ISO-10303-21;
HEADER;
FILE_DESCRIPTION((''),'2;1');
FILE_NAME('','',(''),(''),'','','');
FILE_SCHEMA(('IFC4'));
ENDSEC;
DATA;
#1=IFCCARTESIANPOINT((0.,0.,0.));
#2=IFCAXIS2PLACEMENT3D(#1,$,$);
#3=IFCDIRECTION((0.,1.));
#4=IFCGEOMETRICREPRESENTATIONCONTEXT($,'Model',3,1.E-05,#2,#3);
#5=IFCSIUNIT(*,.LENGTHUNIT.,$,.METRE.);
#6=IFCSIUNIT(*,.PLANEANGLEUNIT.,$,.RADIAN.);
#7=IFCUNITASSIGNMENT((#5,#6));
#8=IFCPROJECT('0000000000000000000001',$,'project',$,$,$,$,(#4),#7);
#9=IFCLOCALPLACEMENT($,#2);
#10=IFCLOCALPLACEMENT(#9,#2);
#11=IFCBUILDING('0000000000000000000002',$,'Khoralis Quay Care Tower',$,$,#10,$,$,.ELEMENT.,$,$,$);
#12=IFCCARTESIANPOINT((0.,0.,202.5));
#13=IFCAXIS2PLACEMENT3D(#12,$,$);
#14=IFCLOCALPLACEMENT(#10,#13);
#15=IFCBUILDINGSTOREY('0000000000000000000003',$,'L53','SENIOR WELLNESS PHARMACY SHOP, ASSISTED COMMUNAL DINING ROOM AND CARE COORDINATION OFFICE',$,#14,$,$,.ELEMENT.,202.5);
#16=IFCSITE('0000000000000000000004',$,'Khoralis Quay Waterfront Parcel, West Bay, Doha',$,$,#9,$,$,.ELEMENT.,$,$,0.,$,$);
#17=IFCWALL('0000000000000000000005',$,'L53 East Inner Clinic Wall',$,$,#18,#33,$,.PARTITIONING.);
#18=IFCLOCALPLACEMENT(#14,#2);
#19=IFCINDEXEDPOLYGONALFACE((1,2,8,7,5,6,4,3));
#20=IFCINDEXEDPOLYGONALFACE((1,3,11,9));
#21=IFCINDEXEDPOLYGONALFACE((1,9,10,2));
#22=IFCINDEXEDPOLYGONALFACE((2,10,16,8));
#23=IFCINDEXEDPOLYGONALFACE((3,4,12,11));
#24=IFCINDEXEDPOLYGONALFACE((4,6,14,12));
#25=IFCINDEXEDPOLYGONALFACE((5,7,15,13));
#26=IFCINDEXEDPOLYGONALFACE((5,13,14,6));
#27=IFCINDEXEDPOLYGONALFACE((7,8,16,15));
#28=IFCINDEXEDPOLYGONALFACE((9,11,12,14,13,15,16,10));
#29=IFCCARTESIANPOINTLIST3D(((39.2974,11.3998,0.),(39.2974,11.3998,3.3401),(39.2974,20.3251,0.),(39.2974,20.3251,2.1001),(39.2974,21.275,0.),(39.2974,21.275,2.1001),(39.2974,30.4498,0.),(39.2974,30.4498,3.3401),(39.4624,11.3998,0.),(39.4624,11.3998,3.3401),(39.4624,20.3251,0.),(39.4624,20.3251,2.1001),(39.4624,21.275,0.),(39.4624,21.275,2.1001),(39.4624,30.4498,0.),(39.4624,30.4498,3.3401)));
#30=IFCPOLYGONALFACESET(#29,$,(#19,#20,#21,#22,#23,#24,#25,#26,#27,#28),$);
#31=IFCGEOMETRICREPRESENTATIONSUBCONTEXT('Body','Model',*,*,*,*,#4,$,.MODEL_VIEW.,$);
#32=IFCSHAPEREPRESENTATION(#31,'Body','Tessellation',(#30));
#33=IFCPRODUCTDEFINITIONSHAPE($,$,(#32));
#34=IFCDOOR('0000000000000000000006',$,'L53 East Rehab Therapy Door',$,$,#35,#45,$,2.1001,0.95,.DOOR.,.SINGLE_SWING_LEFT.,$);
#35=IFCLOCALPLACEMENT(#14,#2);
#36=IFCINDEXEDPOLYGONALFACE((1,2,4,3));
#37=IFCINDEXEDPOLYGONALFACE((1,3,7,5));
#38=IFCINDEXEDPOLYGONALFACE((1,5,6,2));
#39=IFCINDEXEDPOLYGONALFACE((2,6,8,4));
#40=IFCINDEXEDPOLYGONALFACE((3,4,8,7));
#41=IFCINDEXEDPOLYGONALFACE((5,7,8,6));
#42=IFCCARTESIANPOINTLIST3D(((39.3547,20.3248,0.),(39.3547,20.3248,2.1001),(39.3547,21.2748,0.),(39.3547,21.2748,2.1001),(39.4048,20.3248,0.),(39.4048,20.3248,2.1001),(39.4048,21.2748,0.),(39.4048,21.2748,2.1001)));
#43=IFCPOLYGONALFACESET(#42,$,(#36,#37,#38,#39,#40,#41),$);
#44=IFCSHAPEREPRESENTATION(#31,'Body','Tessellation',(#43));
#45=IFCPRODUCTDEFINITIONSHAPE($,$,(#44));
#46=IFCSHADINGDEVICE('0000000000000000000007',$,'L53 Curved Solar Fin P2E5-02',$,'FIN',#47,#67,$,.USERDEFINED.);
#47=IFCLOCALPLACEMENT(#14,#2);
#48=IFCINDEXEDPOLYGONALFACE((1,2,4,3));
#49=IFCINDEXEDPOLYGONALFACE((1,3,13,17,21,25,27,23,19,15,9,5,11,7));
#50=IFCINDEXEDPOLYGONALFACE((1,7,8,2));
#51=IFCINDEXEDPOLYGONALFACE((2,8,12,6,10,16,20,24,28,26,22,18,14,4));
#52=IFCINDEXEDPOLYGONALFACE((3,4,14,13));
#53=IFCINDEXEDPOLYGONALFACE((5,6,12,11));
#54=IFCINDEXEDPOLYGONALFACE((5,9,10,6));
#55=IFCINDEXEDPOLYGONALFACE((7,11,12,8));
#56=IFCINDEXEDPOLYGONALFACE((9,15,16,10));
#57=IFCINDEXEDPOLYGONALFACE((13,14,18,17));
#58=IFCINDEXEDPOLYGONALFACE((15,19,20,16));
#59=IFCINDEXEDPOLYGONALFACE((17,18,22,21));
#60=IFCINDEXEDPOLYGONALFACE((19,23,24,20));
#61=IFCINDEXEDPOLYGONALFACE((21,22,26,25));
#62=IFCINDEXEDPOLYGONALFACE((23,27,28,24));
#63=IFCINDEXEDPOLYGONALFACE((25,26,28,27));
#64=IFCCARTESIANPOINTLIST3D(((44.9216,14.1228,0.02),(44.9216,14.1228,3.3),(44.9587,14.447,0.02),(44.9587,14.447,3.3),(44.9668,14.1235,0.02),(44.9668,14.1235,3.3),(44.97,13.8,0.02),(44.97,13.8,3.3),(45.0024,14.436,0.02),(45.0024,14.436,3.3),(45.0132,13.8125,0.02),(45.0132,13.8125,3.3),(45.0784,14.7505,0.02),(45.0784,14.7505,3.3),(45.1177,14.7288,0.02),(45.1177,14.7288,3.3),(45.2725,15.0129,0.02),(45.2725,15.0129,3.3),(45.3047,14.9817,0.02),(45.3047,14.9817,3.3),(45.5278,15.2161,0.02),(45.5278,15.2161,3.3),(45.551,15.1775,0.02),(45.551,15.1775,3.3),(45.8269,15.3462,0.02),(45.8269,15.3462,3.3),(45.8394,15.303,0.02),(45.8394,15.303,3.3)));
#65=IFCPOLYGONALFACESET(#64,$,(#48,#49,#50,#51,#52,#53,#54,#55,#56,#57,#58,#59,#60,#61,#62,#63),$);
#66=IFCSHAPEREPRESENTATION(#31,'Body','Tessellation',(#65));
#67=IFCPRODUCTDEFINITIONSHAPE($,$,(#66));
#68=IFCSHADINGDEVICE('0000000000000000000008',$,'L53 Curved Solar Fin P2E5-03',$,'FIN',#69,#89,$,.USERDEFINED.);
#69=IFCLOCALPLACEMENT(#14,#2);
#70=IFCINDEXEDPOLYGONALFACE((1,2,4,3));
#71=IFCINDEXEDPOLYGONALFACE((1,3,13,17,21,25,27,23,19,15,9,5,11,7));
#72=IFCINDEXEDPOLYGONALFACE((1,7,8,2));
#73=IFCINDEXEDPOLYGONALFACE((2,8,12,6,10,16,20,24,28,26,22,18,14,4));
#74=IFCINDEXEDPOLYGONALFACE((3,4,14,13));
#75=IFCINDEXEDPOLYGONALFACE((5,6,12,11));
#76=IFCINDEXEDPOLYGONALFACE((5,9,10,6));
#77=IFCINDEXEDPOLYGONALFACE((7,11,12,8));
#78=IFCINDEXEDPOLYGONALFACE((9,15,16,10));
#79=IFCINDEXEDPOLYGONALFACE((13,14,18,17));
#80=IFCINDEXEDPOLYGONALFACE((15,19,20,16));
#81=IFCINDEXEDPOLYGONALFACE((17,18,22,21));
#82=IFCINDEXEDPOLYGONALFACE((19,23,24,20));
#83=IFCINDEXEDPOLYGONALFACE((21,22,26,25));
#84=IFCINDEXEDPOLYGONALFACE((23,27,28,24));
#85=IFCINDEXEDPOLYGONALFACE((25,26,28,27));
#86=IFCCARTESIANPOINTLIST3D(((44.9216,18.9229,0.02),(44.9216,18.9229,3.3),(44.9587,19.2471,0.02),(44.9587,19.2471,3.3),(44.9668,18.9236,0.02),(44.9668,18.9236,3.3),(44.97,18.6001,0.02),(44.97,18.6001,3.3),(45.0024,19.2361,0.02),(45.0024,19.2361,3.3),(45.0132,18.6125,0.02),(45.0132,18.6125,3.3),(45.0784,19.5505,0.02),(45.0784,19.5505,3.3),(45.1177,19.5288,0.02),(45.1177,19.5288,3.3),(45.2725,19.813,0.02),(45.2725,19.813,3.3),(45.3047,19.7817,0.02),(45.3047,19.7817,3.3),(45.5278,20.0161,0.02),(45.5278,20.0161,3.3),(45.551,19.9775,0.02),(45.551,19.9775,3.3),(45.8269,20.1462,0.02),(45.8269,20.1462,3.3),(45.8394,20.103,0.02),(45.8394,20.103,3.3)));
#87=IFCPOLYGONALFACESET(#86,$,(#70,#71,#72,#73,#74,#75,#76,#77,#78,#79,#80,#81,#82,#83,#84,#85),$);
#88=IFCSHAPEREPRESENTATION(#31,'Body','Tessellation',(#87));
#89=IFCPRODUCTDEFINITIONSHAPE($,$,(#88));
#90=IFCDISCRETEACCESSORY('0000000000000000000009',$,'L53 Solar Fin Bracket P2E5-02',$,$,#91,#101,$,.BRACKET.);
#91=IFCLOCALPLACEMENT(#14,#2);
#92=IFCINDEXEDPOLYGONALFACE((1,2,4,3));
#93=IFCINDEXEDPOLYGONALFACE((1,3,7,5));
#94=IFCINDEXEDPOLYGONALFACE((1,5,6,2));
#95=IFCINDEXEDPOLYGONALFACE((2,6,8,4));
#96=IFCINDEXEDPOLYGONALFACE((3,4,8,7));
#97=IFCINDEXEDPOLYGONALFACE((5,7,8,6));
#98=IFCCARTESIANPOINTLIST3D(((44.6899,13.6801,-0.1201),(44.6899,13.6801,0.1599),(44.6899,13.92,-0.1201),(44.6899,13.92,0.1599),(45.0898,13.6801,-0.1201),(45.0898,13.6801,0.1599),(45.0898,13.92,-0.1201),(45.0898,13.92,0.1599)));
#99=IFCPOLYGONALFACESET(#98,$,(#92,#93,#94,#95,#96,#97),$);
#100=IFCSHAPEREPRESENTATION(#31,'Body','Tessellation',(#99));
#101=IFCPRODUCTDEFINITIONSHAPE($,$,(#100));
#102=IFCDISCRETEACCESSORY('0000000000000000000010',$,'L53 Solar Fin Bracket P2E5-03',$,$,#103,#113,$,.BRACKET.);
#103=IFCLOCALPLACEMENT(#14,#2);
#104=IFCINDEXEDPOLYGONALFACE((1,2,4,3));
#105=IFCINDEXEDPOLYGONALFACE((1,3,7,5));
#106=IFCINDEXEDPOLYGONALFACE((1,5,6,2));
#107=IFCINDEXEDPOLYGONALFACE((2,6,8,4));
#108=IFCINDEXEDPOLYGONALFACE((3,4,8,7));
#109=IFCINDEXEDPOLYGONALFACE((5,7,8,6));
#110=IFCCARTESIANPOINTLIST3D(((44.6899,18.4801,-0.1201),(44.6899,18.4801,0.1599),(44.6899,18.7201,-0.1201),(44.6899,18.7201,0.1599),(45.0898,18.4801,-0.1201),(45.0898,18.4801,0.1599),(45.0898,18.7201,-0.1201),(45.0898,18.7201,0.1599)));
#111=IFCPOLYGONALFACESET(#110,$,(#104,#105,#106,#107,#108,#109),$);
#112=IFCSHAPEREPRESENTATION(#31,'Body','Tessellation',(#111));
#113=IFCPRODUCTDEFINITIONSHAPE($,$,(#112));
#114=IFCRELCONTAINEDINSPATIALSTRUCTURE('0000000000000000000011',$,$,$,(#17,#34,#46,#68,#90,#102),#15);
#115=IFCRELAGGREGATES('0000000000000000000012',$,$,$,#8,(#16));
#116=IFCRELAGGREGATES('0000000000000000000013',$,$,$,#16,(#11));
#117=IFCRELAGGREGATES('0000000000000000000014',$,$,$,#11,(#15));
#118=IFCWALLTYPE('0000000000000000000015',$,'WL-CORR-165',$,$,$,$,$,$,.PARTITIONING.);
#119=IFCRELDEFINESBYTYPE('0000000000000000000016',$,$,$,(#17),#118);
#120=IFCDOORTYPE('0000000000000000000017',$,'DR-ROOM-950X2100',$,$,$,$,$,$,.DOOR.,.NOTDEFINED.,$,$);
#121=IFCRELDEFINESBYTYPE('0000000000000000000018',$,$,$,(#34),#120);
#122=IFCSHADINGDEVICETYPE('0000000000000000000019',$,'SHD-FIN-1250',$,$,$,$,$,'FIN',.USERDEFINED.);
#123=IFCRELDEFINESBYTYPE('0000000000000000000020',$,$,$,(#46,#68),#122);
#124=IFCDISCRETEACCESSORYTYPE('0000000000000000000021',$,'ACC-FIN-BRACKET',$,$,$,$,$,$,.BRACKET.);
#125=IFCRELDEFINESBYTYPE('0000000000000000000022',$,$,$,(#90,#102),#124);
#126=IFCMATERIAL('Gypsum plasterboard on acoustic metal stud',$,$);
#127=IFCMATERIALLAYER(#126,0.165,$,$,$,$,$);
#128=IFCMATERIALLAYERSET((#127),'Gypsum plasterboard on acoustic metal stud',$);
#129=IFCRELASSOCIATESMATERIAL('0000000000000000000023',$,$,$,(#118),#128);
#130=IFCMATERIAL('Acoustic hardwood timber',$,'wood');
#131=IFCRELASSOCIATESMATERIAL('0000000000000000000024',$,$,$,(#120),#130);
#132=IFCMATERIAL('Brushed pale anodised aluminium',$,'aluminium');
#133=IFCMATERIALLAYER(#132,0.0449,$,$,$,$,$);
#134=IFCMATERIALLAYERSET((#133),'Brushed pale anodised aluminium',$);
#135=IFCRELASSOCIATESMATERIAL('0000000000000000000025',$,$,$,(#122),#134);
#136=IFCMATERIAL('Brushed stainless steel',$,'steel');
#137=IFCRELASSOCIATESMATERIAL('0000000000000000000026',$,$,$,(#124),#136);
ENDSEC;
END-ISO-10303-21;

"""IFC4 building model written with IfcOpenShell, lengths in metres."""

from ifc_helpers import new_model, si_unit, direction, frame, frame_2d, origin, origin_2d, place, context, subcontext, project, spatial, polyline, rectangle, outline, extrude, source, transform, mapped, material, layer, layer_set, type_object, element, fill, save


model = new_model("IFC4")

# Units and contexts
model_context = context("Model", 3, precision=1e-05, world=origin(), true_north=direction((0.0, 1.0)))
body_context = subcontext(model_context, "Body", "Model", "MODEL_VIEW")
ifc_project = project(units=[si_unit("LENGTHUNIT", "METRE"), si_unit("PLANEANGLEUNIT", "RADIAN")], contexts=[model_context])

# Site, building, storey
site_placement = place(None, origin())
site = spatial("IfcSite", under=ifc_project, at=site_placement, Name="Khoralis Quay Waterfront Parcel, West Bay, Doha", CompositionType="ELEMENT", RefElevation=0.0)
building_placement = place(site_placement, origin())
building = spatial("IfcBuilding", under=site, at=building_placement, Name="Khoralis Quay Care Tower", CompositionType="ELEMENT")
storey_placement = place(building_placement, frame((0.0, 0.0, 202.5)))
storey = spatial("IfcBuildingStorey", under=building, at=storey_placement, Name="L53", Description="SENIOR WELLNESS PHARMACY SHOP, ASSISTED COMMUNAL DINING ROOM AND CARE COORDINATION OFFICE", CompositionType="ELEMENT", Elevation=202.5)

# Shared definitions
ifc_material_1 = material(Name="Gypsum plasterboard on acoustic metal stud")
ifc_layer_1 = layer(ifc_material_1, 0.165)
ifc_layer_set_1 = layer_set([ifc_layer_1], Name="Gypsum plasterboard on acoustic metal stud")
wall_type = type_object("IfcWallType", Name="WL-CORR-165", PredefinedType="PARTITIONING", material=ifc_layer_set_1)
ifc_material_2 = material(Name="Acoustic hardwood timber", Category="wood")
door_type = type_object("IfcDoorType", Name="DR-ROOM-950X2100", OperationType="NOTDEFINED", PredefinedType="DOOR", material=ifc_material_2)
shared_shape_1 = source(origin(), body_context, "Body", "SweptSolid", [
    extrude(rectangle(XDim=0.95, YDim=2.1001, at=frame_2d((0.4751, 1.05))), frame((0.0, 0.0249, 0.0), z_axis=(0.0, -1.0, 0.0), x_axis=(1.0, 0.0, 0.0)), (0.0, 0.0, 1.0), 0.05),
])

# Wall, opening, door
wall_1_placement = place(storey_placement, frame((39.3799, 11.3999, 0.0), z_axis=(0.0, 0.0, 1.0), x_axis=(0.0, 1.0, 0.0)))
wall_1 = element("IfcWall", 1, at=wall_1_placement, inside=storey, type_object=wall_type, Name="L53 East Inner Clinic Wall", PredefinedType="PARTITIONING", context=body_context, shape_type="SweptSolid", body=[
    extrude(rectangle(XDim=19.05, YDim=0.165, at=frame_2d((9.5249, 0.0))), origin(), (0.0, 0.0, 1.0), 3.3401),
])
opening_1_placement = place(wall_1_placement, frame((8.925, 0.0, 0.0)))
opening_1 = element("IfcOpeningElement", 2, at=opening_1_placement, cuts=wall_1, PredefinedType="OPENING", context=body_context, shape_type="SweptSolid", body=[
    extrude(rectangle(XDim=0.95, YDim=2.1001, at=frame_2d((0.4751, 1.05))), frame((0.0, 0.0925, 0.0), z_axis=(0.0, -1.0, 0.0), x_axis=(1.0, 0.0, 0.0)), (0.0, 0.0, 1.0), 0.1851),
])
door_1_placement = place(opening_1_placement, frame((0.95, 0.0, 0.0), z_axis=(0.0, 0.0, 1.0), x_axis=(-1.0, 0.0, 0.0)))
door_1 = element("IfcDoor", 3, at=door_1_placement, inside=storey, type_object=door_type, Name="L53 East Rehab Therapy Door", OperationType="SINGLE_SWING_LEFT", OverallHeight=2.1001, OverallWidth=0.95, PredefinedType="DOOR", context=body_context, shape_type="MappedRepresentation", body=[
    mapped(shared_shape_1, transform((0.0, 0.0, 0.0), scale=1.0)),
])
fill(opening_1, door_1)

# Shading devices
ifc_material_3 = material(Name="Brushed pale anodised aluminium", Category="aluminium")
ifc_layer_2 = layer(ifc_material_3, 0.0449)
ifc_layer_set_2 = layer_set([ifc_layer_2], Name="Brushed pale anodised aluminium")
shading_device_type = type_object("IfcShadingDeviceType", Name="SHD-FIN-1250", ElementType="FIN", PredefinedType="USERDEFINED", material=ifc_layer_set_2)
shared_shape_2 = source(origin(), body_context, "Body", "SweptSolid", [
    extrude(outline(polyline([(0.0, 0.0), (-0.0483, 0.3228), (-0.0112, 0.647), (0.1084, 0.9504), (0.3025, 1.2129), (0.5579, 1.416), (0.8569, 1.5461), (0.8694, 1.5029), (0.5811, 1.3774), (0.3347, 1.1816), (0.1477, 0.9287), (0.0325, 0.636), (-0.0032, 0.3235), (0.0432, 0.0125), (0.0, 0.0)])), origin(), (0.0, 0.0, 1.0), 3.28),
])
for number, where, z_axis, x_axis, name in (
    (4, (44.97, 13.8, 0.02), (0.0, 0.0, 1.0), (1.0, 0.0, 0.0), "L53 Curved Solar Fin P2E5-02"),
    (5, (44.97, 18.6001, 0.02), (0.0, 0.0, 1.0), (1.0, 0.0, 0.0), "L53 Curved Solar Fin P2E5-03"),
):
    element("IfcShadingDevice", number, at=place(storey_placement, frame(where, z_axis=z_axis, x_axis=x_axis)), inside=storey, type_object=shading_device_type, Name=name, ObjectType="FIN", PredefinedType="USERDEFINED", context=body_context, shape_type="MappedRepresentation", body=[
        mapped(shared_shape_2, transform((0.0, 0.0, 0.0), scale=1.0)),
    ])

# Discrete accessories
ifc_material_4 = material(Name="Brushed stainless steel", Category="steel")
discrete_accessory_type = type_object("IfcDiscreteAccessoryType", Name="ACC-FIN-BRACKET", PredefinedType="BRACKET", material=ifc_material_4)
shared_shape_3 = source(origin(), body_context, "Body", "SweptSolid", [
    extrude(rectangle(XDim=0.3999, YDim=0.24, at=origin_2d()), origin(), (0.0, 0.0, 1.0), 0.28),
])
for number, where, z_axis, x_axis, name in (
    (6, (44.8899, 13.8, -0.1201), (0.0, 0.0, 1.0), (1.0, 0.0, 0.0), "L53 Solar Fin Bracket P2E5-02"),
    (7, (44.8899, 18.6001, -0.1201), (0.0, 0.0, 1.0), (1.0, 0.0, 0.0), "L53 Solar Fin Bracket P2E5-03"),
):
    element("IfcDiscreteAccessory", number, at=place(storey_placement, frame(where, z_axis=z_axis, x_axis=x_axis)), inside=storey, type_object=discrete_accessory_type, Name=name, PredefinedType="BRACKET", context=body_context, shape_type="MappedRepresentation", body=[
        mapped(shared_shape_3, transform((0.0, 0.0, 0.0), scale=1.0)),
    ])

save(model, "model.ifc")
